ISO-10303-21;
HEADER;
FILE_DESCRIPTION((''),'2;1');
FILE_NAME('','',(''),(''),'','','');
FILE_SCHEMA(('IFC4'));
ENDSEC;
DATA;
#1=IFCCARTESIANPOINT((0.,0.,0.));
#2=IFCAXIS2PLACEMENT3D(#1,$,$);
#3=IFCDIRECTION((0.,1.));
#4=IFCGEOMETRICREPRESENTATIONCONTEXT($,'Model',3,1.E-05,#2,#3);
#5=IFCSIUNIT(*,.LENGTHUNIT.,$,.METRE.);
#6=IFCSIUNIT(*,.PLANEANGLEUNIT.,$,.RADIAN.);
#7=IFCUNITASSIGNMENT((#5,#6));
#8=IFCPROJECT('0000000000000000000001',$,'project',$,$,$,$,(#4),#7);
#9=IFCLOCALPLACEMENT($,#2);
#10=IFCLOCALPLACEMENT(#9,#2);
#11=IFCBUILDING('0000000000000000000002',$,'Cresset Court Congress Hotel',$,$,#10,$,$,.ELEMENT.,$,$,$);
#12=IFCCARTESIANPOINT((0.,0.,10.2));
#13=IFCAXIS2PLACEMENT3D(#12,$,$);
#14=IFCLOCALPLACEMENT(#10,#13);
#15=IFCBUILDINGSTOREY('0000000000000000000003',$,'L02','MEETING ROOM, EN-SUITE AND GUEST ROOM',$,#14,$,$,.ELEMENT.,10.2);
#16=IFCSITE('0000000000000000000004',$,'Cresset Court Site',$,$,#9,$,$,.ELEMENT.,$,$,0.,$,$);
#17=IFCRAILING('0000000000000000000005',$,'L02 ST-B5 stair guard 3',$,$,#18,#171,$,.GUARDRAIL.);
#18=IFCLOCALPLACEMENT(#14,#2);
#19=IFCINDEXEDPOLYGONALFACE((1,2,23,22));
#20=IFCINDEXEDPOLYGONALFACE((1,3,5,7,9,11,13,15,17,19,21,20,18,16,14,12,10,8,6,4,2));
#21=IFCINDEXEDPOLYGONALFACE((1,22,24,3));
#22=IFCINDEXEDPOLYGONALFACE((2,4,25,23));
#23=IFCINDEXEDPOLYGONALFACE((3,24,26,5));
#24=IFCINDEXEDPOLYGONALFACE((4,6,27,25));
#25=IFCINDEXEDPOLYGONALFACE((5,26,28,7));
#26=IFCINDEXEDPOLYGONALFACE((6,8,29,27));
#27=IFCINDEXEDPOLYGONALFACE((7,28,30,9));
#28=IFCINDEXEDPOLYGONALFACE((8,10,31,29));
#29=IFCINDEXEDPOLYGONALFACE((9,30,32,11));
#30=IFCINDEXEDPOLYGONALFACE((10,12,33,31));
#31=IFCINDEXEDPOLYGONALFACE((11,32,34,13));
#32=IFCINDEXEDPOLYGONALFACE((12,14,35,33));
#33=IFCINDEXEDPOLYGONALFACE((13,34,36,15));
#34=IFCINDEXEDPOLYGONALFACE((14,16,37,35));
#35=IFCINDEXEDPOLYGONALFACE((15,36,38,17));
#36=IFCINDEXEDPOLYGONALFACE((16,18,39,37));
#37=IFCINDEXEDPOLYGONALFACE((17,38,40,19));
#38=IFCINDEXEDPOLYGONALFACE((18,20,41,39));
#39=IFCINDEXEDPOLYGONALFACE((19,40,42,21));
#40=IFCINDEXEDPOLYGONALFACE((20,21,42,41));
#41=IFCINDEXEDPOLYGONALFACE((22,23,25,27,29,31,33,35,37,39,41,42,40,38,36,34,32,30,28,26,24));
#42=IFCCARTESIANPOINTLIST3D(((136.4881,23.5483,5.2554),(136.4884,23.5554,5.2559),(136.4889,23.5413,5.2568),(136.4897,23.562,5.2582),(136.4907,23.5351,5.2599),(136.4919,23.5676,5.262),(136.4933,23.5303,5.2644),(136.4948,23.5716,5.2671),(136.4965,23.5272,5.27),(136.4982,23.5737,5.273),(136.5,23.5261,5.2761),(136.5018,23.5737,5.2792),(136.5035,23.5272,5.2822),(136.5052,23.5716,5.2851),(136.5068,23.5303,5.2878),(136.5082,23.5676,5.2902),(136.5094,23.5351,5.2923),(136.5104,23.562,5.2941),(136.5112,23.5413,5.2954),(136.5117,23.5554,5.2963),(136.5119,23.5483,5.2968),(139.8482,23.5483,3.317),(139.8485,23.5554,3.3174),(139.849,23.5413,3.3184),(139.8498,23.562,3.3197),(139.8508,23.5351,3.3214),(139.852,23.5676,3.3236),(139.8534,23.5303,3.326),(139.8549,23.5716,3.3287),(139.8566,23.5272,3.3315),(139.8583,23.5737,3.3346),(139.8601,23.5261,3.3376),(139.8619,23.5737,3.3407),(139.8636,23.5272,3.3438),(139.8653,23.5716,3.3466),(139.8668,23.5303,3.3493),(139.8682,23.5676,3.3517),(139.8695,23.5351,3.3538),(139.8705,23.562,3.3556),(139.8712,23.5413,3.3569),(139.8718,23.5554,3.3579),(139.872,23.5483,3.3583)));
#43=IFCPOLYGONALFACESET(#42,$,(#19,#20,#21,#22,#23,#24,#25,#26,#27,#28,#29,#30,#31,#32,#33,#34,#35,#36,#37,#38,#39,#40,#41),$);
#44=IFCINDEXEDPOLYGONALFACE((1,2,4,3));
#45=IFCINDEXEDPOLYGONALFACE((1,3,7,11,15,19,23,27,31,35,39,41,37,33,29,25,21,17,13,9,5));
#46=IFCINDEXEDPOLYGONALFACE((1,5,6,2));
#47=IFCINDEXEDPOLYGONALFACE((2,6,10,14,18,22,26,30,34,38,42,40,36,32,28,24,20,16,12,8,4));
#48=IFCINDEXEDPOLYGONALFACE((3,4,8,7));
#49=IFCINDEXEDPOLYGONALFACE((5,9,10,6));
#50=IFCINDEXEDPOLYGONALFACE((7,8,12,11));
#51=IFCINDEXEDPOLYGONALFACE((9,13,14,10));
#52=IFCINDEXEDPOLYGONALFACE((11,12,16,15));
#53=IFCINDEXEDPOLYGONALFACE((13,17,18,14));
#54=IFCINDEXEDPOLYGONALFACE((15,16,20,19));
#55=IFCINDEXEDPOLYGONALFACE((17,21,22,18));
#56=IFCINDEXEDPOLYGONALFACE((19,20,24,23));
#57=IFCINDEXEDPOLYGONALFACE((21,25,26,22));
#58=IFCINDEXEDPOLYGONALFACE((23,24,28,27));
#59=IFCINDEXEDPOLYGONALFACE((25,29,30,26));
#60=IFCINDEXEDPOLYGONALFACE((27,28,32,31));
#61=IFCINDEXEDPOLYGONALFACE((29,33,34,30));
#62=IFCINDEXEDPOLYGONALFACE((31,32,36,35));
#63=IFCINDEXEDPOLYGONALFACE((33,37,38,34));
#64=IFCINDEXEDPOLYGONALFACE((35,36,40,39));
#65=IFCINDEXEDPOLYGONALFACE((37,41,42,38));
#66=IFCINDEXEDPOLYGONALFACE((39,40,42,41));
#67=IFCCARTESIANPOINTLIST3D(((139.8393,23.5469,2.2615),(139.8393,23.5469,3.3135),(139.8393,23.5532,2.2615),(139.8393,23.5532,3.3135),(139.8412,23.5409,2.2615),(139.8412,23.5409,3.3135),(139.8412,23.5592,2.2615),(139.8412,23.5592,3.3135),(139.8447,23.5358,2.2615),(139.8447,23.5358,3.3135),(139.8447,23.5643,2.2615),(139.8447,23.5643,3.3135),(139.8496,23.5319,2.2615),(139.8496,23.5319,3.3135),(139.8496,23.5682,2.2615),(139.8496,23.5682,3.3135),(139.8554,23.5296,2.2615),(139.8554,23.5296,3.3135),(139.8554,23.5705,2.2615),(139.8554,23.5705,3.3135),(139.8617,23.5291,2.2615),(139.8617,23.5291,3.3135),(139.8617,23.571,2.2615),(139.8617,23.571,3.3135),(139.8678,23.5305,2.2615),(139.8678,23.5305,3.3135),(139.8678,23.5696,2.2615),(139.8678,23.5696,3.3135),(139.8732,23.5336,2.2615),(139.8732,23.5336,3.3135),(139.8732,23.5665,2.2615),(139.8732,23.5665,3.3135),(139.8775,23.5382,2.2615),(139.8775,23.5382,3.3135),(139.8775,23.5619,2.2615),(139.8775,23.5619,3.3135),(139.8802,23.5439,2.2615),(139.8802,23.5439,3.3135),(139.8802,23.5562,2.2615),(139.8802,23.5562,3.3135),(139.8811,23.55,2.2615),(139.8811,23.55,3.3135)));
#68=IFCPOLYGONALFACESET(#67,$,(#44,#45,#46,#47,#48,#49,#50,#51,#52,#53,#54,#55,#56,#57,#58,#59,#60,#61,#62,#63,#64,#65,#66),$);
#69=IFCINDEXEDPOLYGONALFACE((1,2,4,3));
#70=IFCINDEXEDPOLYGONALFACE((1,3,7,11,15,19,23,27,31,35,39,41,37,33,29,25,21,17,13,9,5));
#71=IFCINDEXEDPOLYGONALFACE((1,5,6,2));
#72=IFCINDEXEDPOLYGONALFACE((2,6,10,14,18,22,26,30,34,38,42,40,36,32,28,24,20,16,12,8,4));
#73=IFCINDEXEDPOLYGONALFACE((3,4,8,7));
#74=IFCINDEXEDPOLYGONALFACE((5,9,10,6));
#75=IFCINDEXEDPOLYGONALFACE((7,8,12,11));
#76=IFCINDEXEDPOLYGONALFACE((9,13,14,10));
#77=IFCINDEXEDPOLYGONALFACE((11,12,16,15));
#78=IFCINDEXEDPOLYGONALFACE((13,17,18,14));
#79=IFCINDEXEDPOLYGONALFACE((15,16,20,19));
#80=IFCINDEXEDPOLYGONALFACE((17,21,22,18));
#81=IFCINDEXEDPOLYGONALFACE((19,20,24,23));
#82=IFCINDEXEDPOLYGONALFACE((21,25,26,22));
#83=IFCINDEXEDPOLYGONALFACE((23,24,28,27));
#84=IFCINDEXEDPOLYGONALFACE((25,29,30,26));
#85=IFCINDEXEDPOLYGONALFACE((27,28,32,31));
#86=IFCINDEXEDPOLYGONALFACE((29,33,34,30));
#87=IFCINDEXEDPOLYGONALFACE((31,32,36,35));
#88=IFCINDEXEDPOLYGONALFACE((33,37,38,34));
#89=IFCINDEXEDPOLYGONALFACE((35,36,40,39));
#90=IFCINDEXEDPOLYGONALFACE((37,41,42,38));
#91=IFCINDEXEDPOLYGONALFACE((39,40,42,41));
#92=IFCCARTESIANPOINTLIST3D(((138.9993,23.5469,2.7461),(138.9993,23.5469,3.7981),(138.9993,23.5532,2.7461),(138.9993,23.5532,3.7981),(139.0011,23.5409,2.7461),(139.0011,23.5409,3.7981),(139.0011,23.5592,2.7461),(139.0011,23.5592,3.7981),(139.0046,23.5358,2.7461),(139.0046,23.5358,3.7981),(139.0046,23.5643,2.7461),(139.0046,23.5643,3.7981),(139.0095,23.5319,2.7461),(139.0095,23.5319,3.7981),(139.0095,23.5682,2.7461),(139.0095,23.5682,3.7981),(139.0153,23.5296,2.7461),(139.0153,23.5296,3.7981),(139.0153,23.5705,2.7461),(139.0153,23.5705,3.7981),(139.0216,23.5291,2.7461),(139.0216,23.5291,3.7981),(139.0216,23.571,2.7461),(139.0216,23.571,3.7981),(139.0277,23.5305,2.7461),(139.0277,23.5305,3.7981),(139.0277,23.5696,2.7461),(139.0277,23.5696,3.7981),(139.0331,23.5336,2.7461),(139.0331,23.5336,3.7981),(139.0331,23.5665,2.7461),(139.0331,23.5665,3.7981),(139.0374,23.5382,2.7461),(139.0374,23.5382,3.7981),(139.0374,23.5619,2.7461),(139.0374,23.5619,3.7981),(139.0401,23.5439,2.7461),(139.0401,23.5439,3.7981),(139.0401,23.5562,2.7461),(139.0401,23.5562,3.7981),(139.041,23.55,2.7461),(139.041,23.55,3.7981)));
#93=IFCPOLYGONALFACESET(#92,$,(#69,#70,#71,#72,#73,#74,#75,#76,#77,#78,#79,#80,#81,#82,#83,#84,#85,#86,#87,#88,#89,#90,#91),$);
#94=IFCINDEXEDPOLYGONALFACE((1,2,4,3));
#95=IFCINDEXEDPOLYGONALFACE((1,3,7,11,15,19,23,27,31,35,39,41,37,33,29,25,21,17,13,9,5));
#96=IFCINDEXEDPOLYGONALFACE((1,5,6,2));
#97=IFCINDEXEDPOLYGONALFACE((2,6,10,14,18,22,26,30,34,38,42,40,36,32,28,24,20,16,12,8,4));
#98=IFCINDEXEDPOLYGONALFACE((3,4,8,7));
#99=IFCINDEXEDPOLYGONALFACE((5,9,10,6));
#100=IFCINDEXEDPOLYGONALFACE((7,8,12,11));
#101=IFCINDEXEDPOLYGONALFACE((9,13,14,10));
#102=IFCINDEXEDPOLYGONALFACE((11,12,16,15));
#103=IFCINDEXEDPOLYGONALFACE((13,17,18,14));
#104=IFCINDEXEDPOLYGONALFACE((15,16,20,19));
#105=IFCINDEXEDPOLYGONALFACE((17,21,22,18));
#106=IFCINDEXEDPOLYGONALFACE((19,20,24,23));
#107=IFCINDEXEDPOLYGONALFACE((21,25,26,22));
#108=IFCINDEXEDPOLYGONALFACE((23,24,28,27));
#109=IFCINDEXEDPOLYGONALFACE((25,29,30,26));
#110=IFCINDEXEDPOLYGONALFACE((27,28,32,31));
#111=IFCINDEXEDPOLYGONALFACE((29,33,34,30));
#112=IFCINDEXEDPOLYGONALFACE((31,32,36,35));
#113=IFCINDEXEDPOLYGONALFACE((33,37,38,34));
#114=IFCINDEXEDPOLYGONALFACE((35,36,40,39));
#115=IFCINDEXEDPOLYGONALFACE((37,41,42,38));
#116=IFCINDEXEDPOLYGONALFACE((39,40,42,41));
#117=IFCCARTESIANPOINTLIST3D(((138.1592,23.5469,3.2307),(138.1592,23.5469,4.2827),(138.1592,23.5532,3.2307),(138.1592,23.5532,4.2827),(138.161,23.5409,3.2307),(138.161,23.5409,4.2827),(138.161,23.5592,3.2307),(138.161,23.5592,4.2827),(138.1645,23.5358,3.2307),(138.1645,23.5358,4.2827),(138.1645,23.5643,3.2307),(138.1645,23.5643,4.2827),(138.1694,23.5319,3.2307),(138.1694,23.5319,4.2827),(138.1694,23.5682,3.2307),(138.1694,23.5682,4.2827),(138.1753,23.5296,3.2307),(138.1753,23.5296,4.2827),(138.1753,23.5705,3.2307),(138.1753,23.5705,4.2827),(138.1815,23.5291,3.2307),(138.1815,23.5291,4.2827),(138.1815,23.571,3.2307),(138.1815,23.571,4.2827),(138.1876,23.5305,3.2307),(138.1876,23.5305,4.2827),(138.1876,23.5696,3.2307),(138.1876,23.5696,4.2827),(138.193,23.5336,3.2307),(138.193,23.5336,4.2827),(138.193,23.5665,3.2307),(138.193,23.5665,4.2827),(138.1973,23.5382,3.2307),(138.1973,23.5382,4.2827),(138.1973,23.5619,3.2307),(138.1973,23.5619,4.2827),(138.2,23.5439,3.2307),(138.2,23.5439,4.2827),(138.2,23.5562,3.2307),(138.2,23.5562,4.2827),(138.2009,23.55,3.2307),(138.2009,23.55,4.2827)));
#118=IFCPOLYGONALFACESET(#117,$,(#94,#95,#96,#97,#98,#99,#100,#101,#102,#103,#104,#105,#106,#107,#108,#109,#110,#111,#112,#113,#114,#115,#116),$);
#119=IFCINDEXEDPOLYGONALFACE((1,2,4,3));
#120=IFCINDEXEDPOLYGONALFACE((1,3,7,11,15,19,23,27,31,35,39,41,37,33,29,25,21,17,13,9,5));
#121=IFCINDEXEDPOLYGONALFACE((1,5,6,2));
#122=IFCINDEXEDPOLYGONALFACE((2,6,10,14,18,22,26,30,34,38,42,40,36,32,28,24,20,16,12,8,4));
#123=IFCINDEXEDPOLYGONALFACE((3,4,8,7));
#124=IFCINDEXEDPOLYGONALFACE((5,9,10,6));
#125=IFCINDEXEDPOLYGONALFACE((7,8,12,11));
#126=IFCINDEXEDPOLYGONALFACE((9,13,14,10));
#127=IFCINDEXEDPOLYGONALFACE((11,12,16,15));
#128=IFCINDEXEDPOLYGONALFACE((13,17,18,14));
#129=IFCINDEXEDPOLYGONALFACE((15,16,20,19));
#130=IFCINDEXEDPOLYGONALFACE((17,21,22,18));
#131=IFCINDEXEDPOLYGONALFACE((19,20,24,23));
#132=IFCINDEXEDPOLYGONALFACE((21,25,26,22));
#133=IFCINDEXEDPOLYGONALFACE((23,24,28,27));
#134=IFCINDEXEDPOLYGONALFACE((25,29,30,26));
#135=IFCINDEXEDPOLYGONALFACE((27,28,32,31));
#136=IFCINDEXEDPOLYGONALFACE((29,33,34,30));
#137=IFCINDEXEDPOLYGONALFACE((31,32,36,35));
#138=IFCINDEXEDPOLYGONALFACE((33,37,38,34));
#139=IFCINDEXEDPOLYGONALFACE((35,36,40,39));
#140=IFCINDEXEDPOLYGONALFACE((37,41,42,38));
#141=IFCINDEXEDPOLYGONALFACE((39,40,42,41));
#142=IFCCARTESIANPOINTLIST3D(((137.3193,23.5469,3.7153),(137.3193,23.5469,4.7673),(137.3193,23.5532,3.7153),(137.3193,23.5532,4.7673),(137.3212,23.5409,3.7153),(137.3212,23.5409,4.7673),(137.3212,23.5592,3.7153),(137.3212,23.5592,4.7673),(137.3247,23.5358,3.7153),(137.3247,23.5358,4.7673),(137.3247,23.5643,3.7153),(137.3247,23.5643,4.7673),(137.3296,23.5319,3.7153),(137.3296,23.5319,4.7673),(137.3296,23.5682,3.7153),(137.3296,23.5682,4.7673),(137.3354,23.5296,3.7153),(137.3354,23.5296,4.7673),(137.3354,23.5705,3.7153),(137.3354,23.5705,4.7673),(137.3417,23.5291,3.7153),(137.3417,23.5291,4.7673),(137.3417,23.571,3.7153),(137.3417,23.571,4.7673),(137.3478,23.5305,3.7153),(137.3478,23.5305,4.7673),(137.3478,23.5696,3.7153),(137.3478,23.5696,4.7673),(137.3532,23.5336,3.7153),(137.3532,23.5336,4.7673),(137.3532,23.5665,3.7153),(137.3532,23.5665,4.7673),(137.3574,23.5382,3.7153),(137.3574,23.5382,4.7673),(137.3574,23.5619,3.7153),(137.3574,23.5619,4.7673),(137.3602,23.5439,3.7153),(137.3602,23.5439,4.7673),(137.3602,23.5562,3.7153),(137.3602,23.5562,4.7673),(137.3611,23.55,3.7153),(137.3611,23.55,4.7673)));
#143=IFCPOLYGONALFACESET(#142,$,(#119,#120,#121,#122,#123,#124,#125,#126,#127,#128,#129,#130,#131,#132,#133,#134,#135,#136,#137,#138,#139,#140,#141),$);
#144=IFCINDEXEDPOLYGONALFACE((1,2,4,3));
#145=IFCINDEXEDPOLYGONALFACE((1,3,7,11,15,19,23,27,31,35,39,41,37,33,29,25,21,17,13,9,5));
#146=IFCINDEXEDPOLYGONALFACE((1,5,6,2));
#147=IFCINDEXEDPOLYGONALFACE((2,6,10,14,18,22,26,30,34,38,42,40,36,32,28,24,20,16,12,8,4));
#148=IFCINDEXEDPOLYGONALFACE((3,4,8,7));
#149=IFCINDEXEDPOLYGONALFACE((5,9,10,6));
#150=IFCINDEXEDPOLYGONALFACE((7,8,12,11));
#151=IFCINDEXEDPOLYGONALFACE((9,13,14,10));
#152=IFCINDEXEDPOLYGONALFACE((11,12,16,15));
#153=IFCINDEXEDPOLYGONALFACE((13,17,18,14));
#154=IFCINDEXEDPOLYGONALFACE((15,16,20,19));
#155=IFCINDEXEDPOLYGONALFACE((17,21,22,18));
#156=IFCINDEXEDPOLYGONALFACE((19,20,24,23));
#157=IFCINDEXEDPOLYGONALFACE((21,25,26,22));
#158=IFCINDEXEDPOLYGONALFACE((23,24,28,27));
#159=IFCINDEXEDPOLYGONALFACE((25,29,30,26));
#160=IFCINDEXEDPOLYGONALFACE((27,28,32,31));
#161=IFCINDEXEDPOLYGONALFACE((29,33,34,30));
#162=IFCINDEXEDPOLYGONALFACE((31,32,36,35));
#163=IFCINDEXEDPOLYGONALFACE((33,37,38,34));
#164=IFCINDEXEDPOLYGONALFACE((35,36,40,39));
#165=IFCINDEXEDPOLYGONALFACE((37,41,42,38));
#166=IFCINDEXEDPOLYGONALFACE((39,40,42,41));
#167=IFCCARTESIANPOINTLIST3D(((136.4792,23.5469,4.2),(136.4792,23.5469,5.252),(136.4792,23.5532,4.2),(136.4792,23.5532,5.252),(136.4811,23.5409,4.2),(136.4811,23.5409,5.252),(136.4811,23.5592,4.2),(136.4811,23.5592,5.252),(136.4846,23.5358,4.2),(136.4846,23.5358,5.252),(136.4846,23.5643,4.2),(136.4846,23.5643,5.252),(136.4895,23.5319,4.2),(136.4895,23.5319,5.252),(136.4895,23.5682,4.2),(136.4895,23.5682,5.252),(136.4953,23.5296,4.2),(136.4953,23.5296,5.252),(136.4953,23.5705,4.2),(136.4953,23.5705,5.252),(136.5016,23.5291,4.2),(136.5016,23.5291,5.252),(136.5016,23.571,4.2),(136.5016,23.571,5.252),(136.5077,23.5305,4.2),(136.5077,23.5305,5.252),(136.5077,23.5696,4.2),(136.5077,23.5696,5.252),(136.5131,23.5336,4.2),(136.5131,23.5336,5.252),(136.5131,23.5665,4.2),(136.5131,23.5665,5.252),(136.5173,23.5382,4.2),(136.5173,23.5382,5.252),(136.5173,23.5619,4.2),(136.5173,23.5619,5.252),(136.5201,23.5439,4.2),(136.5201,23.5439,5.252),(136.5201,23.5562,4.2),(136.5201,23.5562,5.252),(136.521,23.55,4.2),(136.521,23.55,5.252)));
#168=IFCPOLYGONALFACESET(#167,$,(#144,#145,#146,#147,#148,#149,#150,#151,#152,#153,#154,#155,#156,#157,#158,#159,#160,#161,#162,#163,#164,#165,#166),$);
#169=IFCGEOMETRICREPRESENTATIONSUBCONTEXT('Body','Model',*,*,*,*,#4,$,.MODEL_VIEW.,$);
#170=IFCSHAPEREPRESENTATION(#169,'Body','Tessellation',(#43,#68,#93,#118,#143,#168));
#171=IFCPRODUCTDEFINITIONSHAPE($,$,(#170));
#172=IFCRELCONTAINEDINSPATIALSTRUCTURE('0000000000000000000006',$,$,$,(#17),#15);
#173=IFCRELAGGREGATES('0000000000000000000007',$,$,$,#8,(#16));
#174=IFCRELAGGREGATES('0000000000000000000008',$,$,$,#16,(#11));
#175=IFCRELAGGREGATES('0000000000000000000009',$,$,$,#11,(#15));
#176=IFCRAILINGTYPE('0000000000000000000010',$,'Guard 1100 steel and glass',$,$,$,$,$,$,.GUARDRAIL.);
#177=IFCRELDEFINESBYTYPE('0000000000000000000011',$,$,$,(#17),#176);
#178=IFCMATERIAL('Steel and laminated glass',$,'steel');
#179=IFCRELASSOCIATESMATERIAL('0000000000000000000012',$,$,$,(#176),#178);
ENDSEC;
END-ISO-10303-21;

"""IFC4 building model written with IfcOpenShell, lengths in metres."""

from ifc_helpers import new_model, si_unit, direction, frame, origin, origin_2d, place, context, subcontext, project, spatial, circle, extrude, material, type_object, element, save


model = new_model("IFC4")

# Units and contexts
model_context = context("Model", 3, precision=1e-05, world=origin(), true_north=direction((0.0, 1.0)))
body_context = subcontext(model_context, "Body", "Model", "MODEL_VIEW")
ifc_project = project(units=[si_unit("LENGTHUNIT", "METRE"), si_unit("PLANEANGLEUNIT", "RADIAN")], contexts=[model_context])

# Site, building, storey
site_placement = place(None, origin())
site = spatial("IfcSite", under=ifc_project, at=site_placement, Name="Cresset Court Site", CompositionType="ELEMENT", RefElevation=0.0)
building_placement = place(site_placement, origin())
building = spatial("IfcBuilding", under=site, at=building_placement, Name="Cresset Court Congress Hotel", CompositionType="ELEMENT")
storey_placement = place(building_placement, frame((0.0, 0.0, 10.2)))
storey = spatial("IfcBuildingStorey", under=building, at=storey_placement, Name="L02", Description="MEETING ROOM, EN-SUITE AND GUEST ROOM", CompositionType="ELEMENT", Elevation=10.2)

# Railing
ifc_material_1 = material(Name="Steel and laminated glass", Category="steel")
railing_type_1 = type_object("IfcRailingType", Name="Guard 1100 steel and glass", PredefinedType="GUARDRAIL", material=ifc_material_1)
railing_1_placement = place(storey_placement, frame((139.8601, 23.55, 2.2615)))
element("IfcRailing", 1, at=railing_1_placement, inside=storey, type_object=railing_type_1, Name="L02 ST-B5 stair guard 3", PredefinedType="GUARDRAIL", context=body_context, shape_type="SweptSolid", body=[
    extrude(circle(Radius=0.0239, at=origin_2d()), frame((0.0, 0.0, 1.0762), z_axis=(-0.866191, 0.0, 0.499713), x_axis=(0.0, -1.0, 0.0)), (0.0, 0.0, 1.0), 3.8792),
    extrude(circle(Radius=0.021, at=origin_2d()), origin(), (0.0, 0.0, 1.0), 1.052),
    extrude(circle(Radius=0.021, at=origin_2d()), frame((-0.8401, 0.0, 0.4846)), (0.0, 0.0, 1.0), 1.052),
    extrude(circle(Radius=0.021, at=origin_2d()), frame((-1.6802, 0.0, 0.9692)), (0.0, 0.0, 1.0), 1.052),
    extrude(circle(Radius=0.021, at=origin_2d()), frame((-2.52, 0.0, 1.4539)), (0.0, 0.0, 1.0), 1.052),
    extrude(circle(Radius=0.021, at=origin_2d()), frame((-3.3601, 0.0, 1.9385)), (0.0, 0.0, 1.0), 1.052),
])

save(model, "model.ifc")
